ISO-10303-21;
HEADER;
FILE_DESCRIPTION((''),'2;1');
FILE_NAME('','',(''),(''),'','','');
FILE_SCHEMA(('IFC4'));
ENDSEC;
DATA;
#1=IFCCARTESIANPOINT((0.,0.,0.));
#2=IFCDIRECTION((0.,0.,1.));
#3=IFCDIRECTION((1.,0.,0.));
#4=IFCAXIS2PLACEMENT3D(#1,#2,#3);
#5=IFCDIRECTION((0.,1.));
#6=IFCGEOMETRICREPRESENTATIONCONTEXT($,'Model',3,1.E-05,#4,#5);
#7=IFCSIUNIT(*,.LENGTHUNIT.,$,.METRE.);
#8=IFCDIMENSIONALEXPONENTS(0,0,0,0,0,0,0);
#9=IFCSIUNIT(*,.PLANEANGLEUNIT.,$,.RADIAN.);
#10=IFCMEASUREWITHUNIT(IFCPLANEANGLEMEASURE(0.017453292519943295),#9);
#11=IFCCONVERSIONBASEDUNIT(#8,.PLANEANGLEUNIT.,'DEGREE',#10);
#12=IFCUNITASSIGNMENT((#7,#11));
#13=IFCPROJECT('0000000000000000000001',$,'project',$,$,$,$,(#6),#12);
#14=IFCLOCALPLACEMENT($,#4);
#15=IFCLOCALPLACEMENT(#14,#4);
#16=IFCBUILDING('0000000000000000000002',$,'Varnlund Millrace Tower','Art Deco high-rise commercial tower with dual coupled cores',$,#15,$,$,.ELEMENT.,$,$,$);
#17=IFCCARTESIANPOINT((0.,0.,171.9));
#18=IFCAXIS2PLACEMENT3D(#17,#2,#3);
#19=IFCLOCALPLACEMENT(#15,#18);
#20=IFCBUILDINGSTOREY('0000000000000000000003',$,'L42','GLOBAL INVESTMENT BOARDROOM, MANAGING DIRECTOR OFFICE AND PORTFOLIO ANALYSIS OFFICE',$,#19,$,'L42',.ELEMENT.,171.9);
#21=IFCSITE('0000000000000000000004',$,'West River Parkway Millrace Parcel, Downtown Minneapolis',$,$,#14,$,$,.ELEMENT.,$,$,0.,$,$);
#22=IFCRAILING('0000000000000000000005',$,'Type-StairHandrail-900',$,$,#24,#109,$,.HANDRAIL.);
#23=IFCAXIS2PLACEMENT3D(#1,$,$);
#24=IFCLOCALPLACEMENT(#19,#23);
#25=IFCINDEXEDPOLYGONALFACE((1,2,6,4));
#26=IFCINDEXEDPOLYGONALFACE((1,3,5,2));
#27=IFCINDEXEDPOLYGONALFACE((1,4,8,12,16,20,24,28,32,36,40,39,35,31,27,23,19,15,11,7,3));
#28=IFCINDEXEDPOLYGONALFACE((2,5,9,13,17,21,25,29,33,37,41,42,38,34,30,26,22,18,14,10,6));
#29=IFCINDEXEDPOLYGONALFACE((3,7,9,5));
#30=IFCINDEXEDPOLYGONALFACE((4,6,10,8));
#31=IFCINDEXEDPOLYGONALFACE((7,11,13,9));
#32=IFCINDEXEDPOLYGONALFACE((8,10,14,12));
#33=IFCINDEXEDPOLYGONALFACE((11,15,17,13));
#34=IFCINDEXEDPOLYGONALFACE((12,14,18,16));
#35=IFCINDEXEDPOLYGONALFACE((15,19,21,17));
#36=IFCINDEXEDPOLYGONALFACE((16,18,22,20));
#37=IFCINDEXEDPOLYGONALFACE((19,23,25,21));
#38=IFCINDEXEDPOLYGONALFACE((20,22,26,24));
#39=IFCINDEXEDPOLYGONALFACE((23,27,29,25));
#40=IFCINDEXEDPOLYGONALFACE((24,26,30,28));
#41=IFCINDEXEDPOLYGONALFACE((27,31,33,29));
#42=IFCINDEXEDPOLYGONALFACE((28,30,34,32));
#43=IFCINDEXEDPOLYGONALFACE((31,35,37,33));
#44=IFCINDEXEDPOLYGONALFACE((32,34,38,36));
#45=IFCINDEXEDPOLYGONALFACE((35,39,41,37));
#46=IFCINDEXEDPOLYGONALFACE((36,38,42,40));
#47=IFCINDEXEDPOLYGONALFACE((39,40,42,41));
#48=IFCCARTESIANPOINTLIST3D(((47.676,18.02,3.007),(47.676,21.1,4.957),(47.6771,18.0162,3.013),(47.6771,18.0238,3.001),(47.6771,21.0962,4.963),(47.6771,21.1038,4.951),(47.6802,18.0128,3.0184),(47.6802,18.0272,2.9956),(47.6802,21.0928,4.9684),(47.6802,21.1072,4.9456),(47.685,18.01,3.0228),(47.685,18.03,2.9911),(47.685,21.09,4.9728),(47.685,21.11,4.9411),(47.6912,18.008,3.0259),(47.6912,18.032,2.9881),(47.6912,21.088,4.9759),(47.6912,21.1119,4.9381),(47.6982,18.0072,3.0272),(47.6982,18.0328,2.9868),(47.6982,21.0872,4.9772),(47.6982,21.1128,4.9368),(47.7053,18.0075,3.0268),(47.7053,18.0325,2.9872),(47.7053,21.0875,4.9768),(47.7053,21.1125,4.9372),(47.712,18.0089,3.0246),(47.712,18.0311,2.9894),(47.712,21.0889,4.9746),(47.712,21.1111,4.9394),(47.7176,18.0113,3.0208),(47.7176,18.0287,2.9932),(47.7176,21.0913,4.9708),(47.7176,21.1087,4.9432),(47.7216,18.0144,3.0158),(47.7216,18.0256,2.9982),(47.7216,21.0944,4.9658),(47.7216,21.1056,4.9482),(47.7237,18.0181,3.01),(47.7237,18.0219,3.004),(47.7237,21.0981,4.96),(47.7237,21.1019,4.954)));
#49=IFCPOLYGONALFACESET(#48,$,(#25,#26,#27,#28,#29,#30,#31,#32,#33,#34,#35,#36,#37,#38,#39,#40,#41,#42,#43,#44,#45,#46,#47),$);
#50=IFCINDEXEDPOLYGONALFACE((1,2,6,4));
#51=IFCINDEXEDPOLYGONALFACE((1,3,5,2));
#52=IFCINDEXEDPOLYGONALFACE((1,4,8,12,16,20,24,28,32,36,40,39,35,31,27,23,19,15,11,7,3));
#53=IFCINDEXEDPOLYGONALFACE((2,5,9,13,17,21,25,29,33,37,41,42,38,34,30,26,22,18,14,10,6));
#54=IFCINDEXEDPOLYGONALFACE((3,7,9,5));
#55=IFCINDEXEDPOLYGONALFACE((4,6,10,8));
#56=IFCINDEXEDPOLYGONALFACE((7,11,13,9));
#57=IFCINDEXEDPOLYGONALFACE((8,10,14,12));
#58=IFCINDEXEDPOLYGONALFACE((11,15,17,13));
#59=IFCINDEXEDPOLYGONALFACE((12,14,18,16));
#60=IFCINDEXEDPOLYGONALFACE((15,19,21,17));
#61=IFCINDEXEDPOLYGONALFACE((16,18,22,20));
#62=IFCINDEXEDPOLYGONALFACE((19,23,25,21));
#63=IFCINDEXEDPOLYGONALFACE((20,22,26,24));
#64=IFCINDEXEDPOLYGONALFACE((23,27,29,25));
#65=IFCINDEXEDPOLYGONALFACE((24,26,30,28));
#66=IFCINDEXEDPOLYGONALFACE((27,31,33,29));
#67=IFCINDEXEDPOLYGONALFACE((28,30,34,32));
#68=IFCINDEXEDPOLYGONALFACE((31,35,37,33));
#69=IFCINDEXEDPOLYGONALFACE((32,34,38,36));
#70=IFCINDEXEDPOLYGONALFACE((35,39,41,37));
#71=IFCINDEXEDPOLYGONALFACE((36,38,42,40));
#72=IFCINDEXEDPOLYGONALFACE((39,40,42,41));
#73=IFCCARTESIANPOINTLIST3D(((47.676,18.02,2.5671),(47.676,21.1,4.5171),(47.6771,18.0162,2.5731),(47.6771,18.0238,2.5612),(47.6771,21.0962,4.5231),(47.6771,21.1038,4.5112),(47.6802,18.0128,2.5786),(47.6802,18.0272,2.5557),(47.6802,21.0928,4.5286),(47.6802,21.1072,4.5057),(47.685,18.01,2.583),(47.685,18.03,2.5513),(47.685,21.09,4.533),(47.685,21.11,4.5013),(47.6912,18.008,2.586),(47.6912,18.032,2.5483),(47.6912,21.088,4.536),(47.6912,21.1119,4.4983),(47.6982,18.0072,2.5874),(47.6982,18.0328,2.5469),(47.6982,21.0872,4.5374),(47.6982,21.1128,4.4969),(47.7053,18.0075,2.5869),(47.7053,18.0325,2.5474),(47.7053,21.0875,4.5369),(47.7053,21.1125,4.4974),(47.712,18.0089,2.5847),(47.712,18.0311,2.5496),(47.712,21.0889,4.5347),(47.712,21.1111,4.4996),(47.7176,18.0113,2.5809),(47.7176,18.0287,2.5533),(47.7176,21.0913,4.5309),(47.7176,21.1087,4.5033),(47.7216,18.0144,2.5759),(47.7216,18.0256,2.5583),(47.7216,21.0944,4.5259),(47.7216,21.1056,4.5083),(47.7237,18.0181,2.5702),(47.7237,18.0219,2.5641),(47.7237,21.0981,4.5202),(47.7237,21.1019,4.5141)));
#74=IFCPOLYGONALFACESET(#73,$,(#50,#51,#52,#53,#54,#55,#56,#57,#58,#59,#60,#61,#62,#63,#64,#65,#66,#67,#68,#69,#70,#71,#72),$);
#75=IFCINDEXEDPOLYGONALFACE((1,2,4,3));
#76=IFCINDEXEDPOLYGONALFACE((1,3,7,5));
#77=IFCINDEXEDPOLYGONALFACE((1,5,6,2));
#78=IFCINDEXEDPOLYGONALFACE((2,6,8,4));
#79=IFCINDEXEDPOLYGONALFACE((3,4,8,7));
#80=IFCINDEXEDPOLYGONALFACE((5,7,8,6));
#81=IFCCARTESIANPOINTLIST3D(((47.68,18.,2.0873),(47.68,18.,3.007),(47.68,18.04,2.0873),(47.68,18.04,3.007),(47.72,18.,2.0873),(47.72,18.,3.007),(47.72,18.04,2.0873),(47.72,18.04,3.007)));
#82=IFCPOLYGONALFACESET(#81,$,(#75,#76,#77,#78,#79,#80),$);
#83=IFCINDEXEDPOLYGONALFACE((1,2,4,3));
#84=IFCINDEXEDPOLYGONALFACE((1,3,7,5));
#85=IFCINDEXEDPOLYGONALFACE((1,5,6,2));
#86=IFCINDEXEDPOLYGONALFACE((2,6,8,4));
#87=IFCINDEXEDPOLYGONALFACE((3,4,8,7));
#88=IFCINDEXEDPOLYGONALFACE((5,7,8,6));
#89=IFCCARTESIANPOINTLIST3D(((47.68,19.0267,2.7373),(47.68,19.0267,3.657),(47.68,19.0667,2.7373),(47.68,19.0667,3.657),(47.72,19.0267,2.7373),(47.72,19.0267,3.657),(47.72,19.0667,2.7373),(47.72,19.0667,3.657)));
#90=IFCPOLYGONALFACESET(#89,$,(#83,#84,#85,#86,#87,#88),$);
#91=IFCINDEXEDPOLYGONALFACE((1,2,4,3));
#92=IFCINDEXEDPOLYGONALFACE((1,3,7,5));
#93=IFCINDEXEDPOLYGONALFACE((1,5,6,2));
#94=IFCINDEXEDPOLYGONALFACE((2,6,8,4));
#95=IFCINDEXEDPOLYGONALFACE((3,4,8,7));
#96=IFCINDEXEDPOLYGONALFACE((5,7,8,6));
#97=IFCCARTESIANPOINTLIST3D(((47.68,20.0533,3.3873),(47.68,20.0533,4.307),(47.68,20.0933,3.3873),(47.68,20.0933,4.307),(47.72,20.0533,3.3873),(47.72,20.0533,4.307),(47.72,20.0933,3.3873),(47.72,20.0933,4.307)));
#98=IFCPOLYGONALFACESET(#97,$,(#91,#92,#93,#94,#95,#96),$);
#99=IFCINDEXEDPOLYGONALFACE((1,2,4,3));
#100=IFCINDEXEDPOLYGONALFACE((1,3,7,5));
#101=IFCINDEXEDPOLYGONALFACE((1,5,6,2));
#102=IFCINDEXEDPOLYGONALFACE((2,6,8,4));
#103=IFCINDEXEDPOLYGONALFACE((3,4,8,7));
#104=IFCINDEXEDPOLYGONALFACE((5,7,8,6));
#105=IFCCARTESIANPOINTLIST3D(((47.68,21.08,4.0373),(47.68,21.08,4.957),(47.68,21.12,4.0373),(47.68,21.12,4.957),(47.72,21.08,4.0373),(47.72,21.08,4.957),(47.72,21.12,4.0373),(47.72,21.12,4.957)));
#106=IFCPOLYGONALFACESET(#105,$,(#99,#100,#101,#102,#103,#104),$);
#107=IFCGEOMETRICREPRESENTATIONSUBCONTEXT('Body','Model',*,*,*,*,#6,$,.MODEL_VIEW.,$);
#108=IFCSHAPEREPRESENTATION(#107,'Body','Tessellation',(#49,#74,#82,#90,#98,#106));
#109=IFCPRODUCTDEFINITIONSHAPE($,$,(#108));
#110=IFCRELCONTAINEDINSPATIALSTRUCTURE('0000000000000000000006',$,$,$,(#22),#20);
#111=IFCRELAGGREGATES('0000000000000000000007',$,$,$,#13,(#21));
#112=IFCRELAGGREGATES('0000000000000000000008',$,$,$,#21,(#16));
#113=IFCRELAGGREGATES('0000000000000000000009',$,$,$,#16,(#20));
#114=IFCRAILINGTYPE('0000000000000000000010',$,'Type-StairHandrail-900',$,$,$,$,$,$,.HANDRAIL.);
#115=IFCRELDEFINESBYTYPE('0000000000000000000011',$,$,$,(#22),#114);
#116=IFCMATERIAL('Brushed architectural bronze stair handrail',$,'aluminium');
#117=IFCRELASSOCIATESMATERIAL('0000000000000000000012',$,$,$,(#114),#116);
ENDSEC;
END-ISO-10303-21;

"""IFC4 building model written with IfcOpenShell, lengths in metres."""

from ifc_helpers import new_model, entity, si_unit, converted_unit, direction, frame, origin_with_axes, origin_2d_with_axis, place, context, subcontext, project, spatial, rectangle, circle, extrude, material, type_object, element, save


model = new_model("IFC4")

# Units and contexts
model_context = context("Model", 3, precision=1e-05, world=origin_with_axes(), true_north=direction((0.0, 1.0)))
body_context = subcontext(model_context, "Body", "Model", "MODEL_VIEW")
ifc_project = project(units=[si_unit("LENGTHUNIT", "METRE"), converted_unit("PLANEANGLEUNIT", "DEGREE", entity("IfcPlaneAngleMeasure", 0.017453292519943295), si_unit("PLANEANGLEUNIT", "RADIAN"), dimensions=[0, 0, 0, 0, 0, 0, 0])], contexts=[model_context])

# Site, building, storey
site_placement = place(None, origin_with_axes())
site = spatial("IfcSite", under=ifc_project, at=site_placement, Name="West River Parkway Millrace Parcel, Downtown Minneapolis", CompositionType="ELEMENT", RefElevation=0.0)
building_placement = place(site_placement, origin_with_axes())
building = spatial("IfcBuilding", under=site, at=building_placement, Name="Varnlund Millrace Tower", Description="Art Deco high-rise commercial tower with dual coupled cores", CompositionType="ELEMENT")
storey_placement = place(building_placement, frame((0.0, 0.0, 171.9), z_axis=(0.0, 0.0, 1.0), x_axis=(1.0, 0.0, 0.0)))
storey = spatial("IfcBuildingStorey", under=building, at=storey_placement, Name="L42", Description="GLOBAL INVESTMENT BOARDROOM, MANAGING DIRECTOR OFFICE AND PORTFOLIO ANALYSIS OFFICE", LongName="L42", CompositionType="ELEMENT", Elevation=171.9)

# Railing
ifc_material_1 = material(Name="Brushed architectural bronze stair handrail", Category="aluminium")
railing_type_1 = type_object("IfcRailingType", Name="Type-StairHandrail-900", PredefinedType="HANDRAIL", material=ifc_material_1)
railing_1_placement = place(storey_placement, frame((0.0, 0.0, -171.9), z_axis=(0.0, 0.0, 1.0), x_axis=(1.0, 0.0, 0.0)))
element("IfcRailing", 1, at=railing_1_placement, inside=storey, type_object=railing_type_1, Name="Type-StairHandrail-900", PredefinedType="HANDRAIL", context=body_context, shape_type="SweptSolid", body=[
    extrude(circle(Radius=0.024, at=origin_2d_with_axis()), frame((47.7, 18.02, 174.907), z_axis=(0.0, 0.844902, 0.534922), x_axis=(-1.0, 0.0, 0.0)), (0.0, 0.0, 1.0), 3.6454),
    extrude(circle(Radius=0.024, at=origin_2d_with_axis()), frame((47.7, 18.02, 174.4671), z_axis=(0.0, 0.844902, 0.534922), x_axis=(-1.0, 0.0, 0.0)), (0.0, 0.0, 1.0), 3.6454),
    extrude(rectangle(XDim=0.04, YDim=0.04, at=origin_2d_with_axis()), frame((47.7, 18.02, 173.9873), z_axis=(0.0, 0.0, 1.0), x_axis=(1.0, 0.0, 0.0)), (0.0, 0.0, 1.0), 0.9197),
    extrude(rectangle(XDim=0.04, YDim=0.04, at=origin_2d_with_axis()), frame((47.7, 19.0467, 174.6373), z_axis=(0.0, 0.0, 1.0), x_axis=(1.0, 0.0, 0.0)), (0.0, 0.0, 1.0), 0.9197),
    extrude(rectangle(XDim=0.04, YDim=0.04, at=origin_2d_with_axis()), frame((47.7, 20.0733, 175.2873), z_axis=(0.0, 0.0, 1.0), x_axis=(1.0, 0.0, 0.0)), (0.0, 0.0, 1.0), 0.9197),
    extrude(rectangle(XDim=0.04, YDim=0.04, at=origin_2d_with_axis()), frame((47.7, 21.1, 175.9373), z_axis=(0.0, 0.0, 1.0), x_axis=(1.0, 0.0, 0.0)), (0.0, 0.0, 1.0), 0.9197),
])

save(model, "model.ifc")
